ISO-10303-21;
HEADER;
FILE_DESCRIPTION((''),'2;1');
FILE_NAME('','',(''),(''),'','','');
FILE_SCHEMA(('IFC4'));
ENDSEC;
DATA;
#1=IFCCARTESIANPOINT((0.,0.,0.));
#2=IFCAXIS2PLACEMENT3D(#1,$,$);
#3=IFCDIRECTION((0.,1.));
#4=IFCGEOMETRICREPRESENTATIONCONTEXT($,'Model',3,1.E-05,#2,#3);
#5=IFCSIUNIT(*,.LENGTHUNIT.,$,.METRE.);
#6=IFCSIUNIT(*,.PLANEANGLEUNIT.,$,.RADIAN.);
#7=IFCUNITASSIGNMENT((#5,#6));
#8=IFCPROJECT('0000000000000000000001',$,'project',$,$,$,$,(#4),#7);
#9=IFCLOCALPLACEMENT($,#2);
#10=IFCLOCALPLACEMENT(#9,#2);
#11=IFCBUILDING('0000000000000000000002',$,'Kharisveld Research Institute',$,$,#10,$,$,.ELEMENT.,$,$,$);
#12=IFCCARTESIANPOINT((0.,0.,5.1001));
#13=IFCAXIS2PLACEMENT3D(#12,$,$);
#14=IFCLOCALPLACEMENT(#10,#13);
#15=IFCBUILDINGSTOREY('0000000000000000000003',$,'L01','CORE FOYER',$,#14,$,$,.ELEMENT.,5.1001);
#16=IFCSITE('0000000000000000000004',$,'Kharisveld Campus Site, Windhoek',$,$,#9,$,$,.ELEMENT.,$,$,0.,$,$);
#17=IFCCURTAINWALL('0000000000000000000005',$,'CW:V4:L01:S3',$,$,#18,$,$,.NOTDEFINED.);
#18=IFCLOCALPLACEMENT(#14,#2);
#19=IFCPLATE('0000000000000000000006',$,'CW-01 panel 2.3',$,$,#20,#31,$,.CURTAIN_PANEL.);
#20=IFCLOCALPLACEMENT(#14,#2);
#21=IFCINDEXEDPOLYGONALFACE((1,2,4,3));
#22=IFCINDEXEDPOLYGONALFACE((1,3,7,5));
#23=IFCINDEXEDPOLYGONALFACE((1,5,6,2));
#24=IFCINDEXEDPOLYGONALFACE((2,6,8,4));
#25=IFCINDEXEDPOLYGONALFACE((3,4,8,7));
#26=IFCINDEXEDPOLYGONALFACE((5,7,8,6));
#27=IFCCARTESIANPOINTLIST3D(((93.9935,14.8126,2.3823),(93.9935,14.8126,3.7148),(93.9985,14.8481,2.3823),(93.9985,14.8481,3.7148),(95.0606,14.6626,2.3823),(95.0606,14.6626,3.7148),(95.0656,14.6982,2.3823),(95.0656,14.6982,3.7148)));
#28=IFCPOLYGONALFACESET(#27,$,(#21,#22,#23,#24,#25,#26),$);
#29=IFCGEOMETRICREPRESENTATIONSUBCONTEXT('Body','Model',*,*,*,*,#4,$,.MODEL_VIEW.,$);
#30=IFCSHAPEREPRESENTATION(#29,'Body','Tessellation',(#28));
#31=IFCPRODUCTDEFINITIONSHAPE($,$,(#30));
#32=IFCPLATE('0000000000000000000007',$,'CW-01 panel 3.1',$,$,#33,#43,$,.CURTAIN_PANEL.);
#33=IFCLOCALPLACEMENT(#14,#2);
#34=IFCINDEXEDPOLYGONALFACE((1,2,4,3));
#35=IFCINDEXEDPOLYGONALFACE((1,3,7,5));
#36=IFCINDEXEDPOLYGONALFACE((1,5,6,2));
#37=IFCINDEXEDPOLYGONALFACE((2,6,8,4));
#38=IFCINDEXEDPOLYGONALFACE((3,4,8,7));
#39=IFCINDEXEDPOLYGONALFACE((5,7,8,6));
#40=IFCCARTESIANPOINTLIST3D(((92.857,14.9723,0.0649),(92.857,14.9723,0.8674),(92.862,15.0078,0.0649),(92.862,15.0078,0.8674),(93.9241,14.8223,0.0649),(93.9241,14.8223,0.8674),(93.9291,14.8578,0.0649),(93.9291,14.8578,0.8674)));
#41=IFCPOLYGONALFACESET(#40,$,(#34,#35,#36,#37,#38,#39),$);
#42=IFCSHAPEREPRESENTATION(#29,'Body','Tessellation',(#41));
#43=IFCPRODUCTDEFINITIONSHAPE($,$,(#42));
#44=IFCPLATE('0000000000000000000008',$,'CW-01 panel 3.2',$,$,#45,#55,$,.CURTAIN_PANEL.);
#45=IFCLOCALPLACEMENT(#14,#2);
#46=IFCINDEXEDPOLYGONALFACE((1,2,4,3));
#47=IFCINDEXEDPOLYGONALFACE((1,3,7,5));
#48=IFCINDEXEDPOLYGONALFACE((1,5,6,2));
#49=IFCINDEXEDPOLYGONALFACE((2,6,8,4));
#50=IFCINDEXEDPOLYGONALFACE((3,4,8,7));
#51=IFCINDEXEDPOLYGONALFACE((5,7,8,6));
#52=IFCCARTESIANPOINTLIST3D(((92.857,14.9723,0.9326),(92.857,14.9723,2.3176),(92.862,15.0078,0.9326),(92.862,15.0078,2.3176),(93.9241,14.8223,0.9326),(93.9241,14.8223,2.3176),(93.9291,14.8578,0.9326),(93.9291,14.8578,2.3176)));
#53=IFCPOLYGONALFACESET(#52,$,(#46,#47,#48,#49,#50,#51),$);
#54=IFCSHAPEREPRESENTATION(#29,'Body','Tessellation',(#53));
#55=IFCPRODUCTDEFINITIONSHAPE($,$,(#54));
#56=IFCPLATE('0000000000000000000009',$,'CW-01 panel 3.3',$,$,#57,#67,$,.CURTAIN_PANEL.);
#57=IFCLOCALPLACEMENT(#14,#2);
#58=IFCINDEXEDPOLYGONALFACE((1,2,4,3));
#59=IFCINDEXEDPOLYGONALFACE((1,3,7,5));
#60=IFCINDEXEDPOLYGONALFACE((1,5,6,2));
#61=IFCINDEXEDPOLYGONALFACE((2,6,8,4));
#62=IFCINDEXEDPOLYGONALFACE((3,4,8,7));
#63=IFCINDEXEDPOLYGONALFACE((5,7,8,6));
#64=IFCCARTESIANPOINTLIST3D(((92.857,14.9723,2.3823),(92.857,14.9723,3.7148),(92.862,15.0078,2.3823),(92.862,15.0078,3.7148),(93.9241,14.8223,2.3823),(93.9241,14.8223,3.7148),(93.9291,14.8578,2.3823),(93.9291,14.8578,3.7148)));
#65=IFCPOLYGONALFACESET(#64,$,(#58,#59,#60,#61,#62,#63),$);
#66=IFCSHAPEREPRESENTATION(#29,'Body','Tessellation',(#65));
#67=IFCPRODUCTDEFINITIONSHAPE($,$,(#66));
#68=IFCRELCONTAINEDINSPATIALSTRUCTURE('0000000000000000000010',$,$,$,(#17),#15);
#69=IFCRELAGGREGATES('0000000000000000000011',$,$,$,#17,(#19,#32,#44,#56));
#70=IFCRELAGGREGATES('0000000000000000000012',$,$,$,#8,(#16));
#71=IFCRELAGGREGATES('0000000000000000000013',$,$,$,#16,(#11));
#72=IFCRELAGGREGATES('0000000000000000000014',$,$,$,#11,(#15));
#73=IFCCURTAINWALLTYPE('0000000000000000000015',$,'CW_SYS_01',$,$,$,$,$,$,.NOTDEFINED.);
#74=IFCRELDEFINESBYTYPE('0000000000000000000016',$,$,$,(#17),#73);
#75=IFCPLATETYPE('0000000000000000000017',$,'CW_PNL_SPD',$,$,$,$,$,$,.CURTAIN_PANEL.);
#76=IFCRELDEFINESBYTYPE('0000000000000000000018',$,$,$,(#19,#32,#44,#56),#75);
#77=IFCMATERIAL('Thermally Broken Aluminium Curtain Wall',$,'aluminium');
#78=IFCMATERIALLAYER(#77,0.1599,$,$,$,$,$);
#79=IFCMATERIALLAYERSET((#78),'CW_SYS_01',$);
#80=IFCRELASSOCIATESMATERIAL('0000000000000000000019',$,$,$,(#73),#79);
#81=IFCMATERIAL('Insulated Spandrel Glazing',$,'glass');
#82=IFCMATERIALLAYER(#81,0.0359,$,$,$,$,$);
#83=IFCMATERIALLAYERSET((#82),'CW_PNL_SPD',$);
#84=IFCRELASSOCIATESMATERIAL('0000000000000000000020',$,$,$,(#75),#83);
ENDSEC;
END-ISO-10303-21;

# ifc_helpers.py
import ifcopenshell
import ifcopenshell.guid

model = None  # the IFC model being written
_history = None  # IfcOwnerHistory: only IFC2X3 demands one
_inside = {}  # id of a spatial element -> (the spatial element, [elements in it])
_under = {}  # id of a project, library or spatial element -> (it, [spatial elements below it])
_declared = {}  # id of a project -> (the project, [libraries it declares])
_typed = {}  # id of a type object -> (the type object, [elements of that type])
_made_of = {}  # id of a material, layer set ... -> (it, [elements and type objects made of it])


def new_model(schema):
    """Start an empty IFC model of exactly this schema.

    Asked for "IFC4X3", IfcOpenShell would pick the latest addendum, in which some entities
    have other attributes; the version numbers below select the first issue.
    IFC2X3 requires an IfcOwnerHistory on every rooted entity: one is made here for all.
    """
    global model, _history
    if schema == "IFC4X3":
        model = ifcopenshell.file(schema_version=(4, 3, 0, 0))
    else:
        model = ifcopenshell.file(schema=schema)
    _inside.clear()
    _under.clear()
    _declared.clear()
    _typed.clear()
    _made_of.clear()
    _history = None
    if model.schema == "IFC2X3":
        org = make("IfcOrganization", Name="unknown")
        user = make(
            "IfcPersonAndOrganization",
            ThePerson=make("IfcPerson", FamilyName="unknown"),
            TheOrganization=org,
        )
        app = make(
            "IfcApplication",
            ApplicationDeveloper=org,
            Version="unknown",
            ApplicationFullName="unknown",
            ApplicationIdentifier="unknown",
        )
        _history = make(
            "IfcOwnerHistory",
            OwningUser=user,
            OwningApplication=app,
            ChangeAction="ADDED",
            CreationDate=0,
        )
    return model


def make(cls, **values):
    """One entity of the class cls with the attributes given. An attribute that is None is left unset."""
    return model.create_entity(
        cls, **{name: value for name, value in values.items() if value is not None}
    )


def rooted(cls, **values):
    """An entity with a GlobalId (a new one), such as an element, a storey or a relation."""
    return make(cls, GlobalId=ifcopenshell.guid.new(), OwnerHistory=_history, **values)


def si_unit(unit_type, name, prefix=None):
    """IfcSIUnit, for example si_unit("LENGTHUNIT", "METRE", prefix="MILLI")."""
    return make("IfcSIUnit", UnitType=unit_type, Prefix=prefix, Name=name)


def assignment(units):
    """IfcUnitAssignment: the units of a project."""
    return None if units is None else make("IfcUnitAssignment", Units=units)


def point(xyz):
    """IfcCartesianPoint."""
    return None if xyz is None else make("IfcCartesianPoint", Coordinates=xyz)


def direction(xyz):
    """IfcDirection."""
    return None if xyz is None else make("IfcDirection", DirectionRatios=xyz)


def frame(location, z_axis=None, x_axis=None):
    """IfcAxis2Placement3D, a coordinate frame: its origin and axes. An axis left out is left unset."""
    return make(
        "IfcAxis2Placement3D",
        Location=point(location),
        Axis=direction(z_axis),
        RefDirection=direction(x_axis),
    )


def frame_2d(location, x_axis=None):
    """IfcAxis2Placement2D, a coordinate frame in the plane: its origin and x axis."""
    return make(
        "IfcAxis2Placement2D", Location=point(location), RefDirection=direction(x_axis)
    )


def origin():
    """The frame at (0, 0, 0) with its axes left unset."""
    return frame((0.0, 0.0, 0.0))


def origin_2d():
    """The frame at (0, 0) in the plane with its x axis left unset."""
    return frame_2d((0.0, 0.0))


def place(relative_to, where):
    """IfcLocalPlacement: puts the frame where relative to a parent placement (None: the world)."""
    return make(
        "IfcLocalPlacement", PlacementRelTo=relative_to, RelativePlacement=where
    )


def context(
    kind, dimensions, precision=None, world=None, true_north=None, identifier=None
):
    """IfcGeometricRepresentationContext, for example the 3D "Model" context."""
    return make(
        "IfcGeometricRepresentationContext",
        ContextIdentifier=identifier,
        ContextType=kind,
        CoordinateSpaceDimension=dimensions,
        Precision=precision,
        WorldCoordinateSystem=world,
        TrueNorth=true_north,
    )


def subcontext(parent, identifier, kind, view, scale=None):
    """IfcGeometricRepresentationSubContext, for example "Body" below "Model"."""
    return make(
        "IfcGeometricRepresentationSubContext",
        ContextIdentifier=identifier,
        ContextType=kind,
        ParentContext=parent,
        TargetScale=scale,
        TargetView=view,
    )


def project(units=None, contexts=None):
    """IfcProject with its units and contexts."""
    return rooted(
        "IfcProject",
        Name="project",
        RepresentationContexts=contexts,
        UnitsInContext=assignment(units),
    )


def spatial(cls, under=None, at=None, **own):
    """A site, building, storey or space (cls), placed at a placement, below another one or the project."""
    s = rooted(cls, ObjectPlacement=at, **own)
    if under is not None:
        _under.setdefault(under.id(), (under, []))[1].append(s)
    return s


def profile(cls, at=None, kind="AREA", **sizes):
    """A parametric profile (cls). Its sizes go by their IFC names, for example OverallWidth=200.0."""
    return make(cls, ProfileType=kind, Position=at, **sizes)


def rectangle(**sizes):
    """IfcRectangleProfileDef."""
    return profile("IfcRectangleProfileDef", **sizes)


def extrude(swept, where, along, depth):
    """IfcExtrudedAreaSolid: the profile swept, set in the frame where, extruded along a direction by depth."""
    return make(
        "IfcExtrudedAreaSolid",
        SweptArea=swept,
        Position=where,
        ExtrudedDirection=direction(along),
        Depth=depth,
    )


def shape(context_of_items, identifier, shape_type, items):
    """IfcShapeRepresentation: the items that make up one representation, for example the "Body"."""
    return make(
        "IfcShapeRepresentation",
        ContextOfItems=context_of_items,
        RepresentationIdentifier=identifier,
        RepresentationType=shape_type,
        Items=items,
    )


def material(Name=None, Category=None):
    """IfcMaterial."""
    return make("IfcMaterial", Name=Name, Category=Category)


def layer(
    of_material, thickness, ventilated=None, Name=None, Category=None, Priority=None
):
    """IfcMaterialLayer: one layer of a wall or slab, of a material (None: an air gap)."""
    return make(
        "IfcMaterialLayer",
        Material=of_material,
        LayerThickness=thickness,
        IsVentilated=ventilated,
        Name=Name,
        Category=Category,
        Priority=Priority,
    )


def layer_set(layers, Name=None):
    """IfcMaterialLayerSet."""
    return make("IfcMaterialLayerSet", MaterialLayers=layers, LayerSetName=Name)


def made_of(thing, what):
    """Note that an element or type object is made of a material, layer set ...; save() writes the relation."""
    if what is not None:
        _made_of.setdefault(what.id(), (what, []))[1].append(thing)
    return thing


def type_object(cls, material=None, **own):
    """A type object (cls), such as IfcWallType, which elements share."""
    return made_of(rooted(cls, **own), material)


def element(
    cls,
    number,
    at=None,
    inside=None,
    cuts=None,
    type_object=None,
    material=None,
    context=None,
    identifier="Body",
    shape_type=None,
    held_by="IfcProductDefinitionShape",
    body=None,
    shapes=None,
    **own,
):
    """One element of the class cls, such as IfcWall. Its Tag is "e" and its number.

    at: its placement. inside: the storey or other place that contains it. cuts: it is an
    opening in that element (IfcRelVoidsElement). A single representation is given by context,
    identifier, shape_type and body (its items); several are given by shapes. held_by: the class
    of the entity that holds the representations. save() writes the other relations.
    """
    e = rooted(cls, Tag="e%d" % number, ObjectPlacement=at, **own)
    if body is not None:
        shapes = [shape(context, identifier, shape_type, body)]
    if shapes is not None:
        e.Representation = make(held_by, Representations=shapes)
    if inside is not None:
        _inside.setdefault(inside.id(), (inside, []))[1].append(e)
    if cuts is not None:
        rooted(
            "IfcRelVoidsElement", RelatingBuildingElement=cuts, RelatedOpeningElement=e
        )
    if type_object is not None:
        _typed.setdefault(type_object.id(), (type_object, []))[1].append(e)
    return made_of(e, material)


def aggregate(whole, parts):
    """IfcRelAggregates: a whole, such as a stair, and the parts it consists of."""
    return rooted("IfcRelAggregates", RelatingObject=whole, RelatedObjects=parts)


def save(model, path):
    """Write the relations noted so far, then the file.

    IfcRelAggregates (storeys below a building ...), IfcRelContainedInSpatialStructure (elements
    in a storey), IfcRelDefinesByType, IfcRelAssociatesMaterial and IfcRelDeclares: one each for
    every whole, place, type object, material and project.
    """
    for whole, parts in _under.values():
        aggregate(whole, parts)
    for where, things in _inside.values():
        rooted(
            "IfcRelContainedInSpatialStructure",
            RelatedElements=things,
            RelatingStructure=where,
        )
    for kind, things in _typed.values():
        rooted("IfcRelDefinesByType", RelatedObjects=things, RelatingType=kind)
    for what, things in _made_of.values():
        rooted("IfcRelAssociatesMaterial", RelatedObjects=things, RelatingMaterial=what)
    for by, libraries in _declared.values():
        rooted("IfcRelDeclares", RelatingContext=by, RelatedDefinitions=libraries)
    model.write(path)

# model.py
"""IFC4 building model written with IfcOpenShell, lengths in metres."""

from ifc_helpers import new_model, si_unit, direction, frame, origin, origin_2d, place, context, subcontext, project, spatial, rectangle, extrude, material, layer, layer_set, type_object, element, aggregate, save


model = new_model("IFC4")

# Units and contexts
model_context = context("Model", 3, precision=1e-05, world=origin(), true_north=direction((0.0, 1.0)))
body_context = subcontext(model_context, "Body", "Model", "MODEL_VIEW")
ifc_project = project(units=[si_unit("LENGTHUNIT", "METRE"), si_unit("PLANEANGLEUNIT", "RADIAN")], contexts=[model_context])

# Site, building, storey
site_placement = place(None, origin())
site = spatial("IfcSite", under=ifc_project, at=site_placement, Name="Kharisveld Campus Site, Windhoek", CompositionType="ELEMENT", RefElevation=0.0)
building_placement = place(site_placement, origin())
building = spatial("IfcBuilding", under=site, at=building_placement, Name="Kharisveld Research Institute", CompositionType="ELEMENT")
storey_placement = place(building_placement, frame((0.0, 0.0, 5.1001)))
storey = spatial("IfcBuildingStorey", under=building, at=storey_placement, Name="L01", Description="CORE FOYER", CompositionType="ELEMENT", Elevation=5.1001)

# Curtain wall
ifc_material_1 = material(Name="Thermally Broken Aluminium Curtain Wall", Category="aluminium")
ifc_layer_1 = layer(ifc_material_1, 0.1599)
ifc_layer_set_1 = layer_set([ifc_layer_1], Name="CW_SYS_01")
curtain_wall_type_1 = type_object("IfcCurtainWallType", Name="CW_SYS_01", PredefinedType="NOTDEFINED", material=ifc_layer_set_1)
curtain_wall_1_placement = place(storey_placement, origin())
curtain_wall_1 = element("IfcCurtainWall", 1, at=curtain_wall_1_placement, inside=storey, type_object=curtain_wall_type_1, Name="CW:V4:L01:S3", PredefinedType="NOTDEFINED")

# Plates
ifc_material_2 = material(Name="Insulated Spandrel Glazing", Category="glass")
ifc_layer_2 = layer(ifc_material_2, 0.0359)
ifc_layer_set_2 = layer_set([ifc_layer_2], Name="CW_PNL_SPD")
plate_type_1 = type_object("IfcPlateType", Name="CW_PNL_SPD", PredefinedType="CURTAIN_PANEL", material=ifc_layer_set_2)
plate_1_placement = place(storey_placement, frame((94.5295, 14.7554, 2.3823), z_axis=(0.0, 0.0, 1.0), x_axis=(-0.990268, 0.139173, 0.0)))
plate_1 = element("IfcPlate", 2, at=plate_1_placement, type_object=plate_type_1, Name="CW-01 panel 2.3", PredefinedType="CURTAIN_PANEL", context=body_context, shape_type="SweptSolid", body=[
    extrude(rectangle(XDim=1.0776, YDim=0.0359, at=origin_2d()), origin(), (0.0, 0.0, 1.0), 1.3325),
])
plate_2_placement = place(storey_placement, frame((93.3931, 14.915, 0.0649), z_axis=(0.0, 0.0, 1.0), x_axis=(-0.990268, 0.139173, 0.0)))
plate_2 = element("IfcPlate", 3, at=plate_2_placement, type_object=plate_type_1, Name="CW-01 panel 3.1", PredefinedType="CURTAIN_PANEL", context=body_context, shape_type="SweptSolid", body=[
    extrude(rectangle(XDim=1.0776, YDim=0.0359, at=origin_2d()), origin(), (0.0, 0.0, 1.0), 0.8025),
])
plate_3_placement = place(storey_placement, frame((93.3931, 14.915, 0.9326), z_axis=(0.0, 0.0, 1.0), x_axis=(-0.990268, 0.139173, 0.0)))
plate_3 = element("IfcPlate", 4, at=plate_3_placement, type_object=plate_type_1, Name="CW-01 panel 3.2", PredefinedType="CURTAIN_PANEL", context=body_context, shape_type="SweptSolid", body=[
    extrude(rectangle(XDim=1.0776, YDim=0.0359, at=origin_2d()), origin(), (0.0, 0.0, 1.0), 1.385),
])
plate_4_placement = place(storey_placement, frame((93.3931, 14.915, 2.3823), z_axis=(0.0, 0.0, 1.0), x_axis=(-0.990268, 0.139173, 0.0)))
plate_4 = element("IfcPlate", 5, at=plate_4_placement, type_object=plate_type_1, Name="CW-01 panel 3.3", PredefinedType="CURTAIN_PANEL", context=body_context, shape_type="SweptSolid", body=[
    extrude(rectangle(XDim=1.0776, YDim=0.0359, at=origin_2d()), origin(), (0.0, 0.0, 1.0), 1.3325),
])
aggregate(curtain_wall_1, [plate_1, plate_2, plate_3, plate_4])

save(model, "model.ifc")
